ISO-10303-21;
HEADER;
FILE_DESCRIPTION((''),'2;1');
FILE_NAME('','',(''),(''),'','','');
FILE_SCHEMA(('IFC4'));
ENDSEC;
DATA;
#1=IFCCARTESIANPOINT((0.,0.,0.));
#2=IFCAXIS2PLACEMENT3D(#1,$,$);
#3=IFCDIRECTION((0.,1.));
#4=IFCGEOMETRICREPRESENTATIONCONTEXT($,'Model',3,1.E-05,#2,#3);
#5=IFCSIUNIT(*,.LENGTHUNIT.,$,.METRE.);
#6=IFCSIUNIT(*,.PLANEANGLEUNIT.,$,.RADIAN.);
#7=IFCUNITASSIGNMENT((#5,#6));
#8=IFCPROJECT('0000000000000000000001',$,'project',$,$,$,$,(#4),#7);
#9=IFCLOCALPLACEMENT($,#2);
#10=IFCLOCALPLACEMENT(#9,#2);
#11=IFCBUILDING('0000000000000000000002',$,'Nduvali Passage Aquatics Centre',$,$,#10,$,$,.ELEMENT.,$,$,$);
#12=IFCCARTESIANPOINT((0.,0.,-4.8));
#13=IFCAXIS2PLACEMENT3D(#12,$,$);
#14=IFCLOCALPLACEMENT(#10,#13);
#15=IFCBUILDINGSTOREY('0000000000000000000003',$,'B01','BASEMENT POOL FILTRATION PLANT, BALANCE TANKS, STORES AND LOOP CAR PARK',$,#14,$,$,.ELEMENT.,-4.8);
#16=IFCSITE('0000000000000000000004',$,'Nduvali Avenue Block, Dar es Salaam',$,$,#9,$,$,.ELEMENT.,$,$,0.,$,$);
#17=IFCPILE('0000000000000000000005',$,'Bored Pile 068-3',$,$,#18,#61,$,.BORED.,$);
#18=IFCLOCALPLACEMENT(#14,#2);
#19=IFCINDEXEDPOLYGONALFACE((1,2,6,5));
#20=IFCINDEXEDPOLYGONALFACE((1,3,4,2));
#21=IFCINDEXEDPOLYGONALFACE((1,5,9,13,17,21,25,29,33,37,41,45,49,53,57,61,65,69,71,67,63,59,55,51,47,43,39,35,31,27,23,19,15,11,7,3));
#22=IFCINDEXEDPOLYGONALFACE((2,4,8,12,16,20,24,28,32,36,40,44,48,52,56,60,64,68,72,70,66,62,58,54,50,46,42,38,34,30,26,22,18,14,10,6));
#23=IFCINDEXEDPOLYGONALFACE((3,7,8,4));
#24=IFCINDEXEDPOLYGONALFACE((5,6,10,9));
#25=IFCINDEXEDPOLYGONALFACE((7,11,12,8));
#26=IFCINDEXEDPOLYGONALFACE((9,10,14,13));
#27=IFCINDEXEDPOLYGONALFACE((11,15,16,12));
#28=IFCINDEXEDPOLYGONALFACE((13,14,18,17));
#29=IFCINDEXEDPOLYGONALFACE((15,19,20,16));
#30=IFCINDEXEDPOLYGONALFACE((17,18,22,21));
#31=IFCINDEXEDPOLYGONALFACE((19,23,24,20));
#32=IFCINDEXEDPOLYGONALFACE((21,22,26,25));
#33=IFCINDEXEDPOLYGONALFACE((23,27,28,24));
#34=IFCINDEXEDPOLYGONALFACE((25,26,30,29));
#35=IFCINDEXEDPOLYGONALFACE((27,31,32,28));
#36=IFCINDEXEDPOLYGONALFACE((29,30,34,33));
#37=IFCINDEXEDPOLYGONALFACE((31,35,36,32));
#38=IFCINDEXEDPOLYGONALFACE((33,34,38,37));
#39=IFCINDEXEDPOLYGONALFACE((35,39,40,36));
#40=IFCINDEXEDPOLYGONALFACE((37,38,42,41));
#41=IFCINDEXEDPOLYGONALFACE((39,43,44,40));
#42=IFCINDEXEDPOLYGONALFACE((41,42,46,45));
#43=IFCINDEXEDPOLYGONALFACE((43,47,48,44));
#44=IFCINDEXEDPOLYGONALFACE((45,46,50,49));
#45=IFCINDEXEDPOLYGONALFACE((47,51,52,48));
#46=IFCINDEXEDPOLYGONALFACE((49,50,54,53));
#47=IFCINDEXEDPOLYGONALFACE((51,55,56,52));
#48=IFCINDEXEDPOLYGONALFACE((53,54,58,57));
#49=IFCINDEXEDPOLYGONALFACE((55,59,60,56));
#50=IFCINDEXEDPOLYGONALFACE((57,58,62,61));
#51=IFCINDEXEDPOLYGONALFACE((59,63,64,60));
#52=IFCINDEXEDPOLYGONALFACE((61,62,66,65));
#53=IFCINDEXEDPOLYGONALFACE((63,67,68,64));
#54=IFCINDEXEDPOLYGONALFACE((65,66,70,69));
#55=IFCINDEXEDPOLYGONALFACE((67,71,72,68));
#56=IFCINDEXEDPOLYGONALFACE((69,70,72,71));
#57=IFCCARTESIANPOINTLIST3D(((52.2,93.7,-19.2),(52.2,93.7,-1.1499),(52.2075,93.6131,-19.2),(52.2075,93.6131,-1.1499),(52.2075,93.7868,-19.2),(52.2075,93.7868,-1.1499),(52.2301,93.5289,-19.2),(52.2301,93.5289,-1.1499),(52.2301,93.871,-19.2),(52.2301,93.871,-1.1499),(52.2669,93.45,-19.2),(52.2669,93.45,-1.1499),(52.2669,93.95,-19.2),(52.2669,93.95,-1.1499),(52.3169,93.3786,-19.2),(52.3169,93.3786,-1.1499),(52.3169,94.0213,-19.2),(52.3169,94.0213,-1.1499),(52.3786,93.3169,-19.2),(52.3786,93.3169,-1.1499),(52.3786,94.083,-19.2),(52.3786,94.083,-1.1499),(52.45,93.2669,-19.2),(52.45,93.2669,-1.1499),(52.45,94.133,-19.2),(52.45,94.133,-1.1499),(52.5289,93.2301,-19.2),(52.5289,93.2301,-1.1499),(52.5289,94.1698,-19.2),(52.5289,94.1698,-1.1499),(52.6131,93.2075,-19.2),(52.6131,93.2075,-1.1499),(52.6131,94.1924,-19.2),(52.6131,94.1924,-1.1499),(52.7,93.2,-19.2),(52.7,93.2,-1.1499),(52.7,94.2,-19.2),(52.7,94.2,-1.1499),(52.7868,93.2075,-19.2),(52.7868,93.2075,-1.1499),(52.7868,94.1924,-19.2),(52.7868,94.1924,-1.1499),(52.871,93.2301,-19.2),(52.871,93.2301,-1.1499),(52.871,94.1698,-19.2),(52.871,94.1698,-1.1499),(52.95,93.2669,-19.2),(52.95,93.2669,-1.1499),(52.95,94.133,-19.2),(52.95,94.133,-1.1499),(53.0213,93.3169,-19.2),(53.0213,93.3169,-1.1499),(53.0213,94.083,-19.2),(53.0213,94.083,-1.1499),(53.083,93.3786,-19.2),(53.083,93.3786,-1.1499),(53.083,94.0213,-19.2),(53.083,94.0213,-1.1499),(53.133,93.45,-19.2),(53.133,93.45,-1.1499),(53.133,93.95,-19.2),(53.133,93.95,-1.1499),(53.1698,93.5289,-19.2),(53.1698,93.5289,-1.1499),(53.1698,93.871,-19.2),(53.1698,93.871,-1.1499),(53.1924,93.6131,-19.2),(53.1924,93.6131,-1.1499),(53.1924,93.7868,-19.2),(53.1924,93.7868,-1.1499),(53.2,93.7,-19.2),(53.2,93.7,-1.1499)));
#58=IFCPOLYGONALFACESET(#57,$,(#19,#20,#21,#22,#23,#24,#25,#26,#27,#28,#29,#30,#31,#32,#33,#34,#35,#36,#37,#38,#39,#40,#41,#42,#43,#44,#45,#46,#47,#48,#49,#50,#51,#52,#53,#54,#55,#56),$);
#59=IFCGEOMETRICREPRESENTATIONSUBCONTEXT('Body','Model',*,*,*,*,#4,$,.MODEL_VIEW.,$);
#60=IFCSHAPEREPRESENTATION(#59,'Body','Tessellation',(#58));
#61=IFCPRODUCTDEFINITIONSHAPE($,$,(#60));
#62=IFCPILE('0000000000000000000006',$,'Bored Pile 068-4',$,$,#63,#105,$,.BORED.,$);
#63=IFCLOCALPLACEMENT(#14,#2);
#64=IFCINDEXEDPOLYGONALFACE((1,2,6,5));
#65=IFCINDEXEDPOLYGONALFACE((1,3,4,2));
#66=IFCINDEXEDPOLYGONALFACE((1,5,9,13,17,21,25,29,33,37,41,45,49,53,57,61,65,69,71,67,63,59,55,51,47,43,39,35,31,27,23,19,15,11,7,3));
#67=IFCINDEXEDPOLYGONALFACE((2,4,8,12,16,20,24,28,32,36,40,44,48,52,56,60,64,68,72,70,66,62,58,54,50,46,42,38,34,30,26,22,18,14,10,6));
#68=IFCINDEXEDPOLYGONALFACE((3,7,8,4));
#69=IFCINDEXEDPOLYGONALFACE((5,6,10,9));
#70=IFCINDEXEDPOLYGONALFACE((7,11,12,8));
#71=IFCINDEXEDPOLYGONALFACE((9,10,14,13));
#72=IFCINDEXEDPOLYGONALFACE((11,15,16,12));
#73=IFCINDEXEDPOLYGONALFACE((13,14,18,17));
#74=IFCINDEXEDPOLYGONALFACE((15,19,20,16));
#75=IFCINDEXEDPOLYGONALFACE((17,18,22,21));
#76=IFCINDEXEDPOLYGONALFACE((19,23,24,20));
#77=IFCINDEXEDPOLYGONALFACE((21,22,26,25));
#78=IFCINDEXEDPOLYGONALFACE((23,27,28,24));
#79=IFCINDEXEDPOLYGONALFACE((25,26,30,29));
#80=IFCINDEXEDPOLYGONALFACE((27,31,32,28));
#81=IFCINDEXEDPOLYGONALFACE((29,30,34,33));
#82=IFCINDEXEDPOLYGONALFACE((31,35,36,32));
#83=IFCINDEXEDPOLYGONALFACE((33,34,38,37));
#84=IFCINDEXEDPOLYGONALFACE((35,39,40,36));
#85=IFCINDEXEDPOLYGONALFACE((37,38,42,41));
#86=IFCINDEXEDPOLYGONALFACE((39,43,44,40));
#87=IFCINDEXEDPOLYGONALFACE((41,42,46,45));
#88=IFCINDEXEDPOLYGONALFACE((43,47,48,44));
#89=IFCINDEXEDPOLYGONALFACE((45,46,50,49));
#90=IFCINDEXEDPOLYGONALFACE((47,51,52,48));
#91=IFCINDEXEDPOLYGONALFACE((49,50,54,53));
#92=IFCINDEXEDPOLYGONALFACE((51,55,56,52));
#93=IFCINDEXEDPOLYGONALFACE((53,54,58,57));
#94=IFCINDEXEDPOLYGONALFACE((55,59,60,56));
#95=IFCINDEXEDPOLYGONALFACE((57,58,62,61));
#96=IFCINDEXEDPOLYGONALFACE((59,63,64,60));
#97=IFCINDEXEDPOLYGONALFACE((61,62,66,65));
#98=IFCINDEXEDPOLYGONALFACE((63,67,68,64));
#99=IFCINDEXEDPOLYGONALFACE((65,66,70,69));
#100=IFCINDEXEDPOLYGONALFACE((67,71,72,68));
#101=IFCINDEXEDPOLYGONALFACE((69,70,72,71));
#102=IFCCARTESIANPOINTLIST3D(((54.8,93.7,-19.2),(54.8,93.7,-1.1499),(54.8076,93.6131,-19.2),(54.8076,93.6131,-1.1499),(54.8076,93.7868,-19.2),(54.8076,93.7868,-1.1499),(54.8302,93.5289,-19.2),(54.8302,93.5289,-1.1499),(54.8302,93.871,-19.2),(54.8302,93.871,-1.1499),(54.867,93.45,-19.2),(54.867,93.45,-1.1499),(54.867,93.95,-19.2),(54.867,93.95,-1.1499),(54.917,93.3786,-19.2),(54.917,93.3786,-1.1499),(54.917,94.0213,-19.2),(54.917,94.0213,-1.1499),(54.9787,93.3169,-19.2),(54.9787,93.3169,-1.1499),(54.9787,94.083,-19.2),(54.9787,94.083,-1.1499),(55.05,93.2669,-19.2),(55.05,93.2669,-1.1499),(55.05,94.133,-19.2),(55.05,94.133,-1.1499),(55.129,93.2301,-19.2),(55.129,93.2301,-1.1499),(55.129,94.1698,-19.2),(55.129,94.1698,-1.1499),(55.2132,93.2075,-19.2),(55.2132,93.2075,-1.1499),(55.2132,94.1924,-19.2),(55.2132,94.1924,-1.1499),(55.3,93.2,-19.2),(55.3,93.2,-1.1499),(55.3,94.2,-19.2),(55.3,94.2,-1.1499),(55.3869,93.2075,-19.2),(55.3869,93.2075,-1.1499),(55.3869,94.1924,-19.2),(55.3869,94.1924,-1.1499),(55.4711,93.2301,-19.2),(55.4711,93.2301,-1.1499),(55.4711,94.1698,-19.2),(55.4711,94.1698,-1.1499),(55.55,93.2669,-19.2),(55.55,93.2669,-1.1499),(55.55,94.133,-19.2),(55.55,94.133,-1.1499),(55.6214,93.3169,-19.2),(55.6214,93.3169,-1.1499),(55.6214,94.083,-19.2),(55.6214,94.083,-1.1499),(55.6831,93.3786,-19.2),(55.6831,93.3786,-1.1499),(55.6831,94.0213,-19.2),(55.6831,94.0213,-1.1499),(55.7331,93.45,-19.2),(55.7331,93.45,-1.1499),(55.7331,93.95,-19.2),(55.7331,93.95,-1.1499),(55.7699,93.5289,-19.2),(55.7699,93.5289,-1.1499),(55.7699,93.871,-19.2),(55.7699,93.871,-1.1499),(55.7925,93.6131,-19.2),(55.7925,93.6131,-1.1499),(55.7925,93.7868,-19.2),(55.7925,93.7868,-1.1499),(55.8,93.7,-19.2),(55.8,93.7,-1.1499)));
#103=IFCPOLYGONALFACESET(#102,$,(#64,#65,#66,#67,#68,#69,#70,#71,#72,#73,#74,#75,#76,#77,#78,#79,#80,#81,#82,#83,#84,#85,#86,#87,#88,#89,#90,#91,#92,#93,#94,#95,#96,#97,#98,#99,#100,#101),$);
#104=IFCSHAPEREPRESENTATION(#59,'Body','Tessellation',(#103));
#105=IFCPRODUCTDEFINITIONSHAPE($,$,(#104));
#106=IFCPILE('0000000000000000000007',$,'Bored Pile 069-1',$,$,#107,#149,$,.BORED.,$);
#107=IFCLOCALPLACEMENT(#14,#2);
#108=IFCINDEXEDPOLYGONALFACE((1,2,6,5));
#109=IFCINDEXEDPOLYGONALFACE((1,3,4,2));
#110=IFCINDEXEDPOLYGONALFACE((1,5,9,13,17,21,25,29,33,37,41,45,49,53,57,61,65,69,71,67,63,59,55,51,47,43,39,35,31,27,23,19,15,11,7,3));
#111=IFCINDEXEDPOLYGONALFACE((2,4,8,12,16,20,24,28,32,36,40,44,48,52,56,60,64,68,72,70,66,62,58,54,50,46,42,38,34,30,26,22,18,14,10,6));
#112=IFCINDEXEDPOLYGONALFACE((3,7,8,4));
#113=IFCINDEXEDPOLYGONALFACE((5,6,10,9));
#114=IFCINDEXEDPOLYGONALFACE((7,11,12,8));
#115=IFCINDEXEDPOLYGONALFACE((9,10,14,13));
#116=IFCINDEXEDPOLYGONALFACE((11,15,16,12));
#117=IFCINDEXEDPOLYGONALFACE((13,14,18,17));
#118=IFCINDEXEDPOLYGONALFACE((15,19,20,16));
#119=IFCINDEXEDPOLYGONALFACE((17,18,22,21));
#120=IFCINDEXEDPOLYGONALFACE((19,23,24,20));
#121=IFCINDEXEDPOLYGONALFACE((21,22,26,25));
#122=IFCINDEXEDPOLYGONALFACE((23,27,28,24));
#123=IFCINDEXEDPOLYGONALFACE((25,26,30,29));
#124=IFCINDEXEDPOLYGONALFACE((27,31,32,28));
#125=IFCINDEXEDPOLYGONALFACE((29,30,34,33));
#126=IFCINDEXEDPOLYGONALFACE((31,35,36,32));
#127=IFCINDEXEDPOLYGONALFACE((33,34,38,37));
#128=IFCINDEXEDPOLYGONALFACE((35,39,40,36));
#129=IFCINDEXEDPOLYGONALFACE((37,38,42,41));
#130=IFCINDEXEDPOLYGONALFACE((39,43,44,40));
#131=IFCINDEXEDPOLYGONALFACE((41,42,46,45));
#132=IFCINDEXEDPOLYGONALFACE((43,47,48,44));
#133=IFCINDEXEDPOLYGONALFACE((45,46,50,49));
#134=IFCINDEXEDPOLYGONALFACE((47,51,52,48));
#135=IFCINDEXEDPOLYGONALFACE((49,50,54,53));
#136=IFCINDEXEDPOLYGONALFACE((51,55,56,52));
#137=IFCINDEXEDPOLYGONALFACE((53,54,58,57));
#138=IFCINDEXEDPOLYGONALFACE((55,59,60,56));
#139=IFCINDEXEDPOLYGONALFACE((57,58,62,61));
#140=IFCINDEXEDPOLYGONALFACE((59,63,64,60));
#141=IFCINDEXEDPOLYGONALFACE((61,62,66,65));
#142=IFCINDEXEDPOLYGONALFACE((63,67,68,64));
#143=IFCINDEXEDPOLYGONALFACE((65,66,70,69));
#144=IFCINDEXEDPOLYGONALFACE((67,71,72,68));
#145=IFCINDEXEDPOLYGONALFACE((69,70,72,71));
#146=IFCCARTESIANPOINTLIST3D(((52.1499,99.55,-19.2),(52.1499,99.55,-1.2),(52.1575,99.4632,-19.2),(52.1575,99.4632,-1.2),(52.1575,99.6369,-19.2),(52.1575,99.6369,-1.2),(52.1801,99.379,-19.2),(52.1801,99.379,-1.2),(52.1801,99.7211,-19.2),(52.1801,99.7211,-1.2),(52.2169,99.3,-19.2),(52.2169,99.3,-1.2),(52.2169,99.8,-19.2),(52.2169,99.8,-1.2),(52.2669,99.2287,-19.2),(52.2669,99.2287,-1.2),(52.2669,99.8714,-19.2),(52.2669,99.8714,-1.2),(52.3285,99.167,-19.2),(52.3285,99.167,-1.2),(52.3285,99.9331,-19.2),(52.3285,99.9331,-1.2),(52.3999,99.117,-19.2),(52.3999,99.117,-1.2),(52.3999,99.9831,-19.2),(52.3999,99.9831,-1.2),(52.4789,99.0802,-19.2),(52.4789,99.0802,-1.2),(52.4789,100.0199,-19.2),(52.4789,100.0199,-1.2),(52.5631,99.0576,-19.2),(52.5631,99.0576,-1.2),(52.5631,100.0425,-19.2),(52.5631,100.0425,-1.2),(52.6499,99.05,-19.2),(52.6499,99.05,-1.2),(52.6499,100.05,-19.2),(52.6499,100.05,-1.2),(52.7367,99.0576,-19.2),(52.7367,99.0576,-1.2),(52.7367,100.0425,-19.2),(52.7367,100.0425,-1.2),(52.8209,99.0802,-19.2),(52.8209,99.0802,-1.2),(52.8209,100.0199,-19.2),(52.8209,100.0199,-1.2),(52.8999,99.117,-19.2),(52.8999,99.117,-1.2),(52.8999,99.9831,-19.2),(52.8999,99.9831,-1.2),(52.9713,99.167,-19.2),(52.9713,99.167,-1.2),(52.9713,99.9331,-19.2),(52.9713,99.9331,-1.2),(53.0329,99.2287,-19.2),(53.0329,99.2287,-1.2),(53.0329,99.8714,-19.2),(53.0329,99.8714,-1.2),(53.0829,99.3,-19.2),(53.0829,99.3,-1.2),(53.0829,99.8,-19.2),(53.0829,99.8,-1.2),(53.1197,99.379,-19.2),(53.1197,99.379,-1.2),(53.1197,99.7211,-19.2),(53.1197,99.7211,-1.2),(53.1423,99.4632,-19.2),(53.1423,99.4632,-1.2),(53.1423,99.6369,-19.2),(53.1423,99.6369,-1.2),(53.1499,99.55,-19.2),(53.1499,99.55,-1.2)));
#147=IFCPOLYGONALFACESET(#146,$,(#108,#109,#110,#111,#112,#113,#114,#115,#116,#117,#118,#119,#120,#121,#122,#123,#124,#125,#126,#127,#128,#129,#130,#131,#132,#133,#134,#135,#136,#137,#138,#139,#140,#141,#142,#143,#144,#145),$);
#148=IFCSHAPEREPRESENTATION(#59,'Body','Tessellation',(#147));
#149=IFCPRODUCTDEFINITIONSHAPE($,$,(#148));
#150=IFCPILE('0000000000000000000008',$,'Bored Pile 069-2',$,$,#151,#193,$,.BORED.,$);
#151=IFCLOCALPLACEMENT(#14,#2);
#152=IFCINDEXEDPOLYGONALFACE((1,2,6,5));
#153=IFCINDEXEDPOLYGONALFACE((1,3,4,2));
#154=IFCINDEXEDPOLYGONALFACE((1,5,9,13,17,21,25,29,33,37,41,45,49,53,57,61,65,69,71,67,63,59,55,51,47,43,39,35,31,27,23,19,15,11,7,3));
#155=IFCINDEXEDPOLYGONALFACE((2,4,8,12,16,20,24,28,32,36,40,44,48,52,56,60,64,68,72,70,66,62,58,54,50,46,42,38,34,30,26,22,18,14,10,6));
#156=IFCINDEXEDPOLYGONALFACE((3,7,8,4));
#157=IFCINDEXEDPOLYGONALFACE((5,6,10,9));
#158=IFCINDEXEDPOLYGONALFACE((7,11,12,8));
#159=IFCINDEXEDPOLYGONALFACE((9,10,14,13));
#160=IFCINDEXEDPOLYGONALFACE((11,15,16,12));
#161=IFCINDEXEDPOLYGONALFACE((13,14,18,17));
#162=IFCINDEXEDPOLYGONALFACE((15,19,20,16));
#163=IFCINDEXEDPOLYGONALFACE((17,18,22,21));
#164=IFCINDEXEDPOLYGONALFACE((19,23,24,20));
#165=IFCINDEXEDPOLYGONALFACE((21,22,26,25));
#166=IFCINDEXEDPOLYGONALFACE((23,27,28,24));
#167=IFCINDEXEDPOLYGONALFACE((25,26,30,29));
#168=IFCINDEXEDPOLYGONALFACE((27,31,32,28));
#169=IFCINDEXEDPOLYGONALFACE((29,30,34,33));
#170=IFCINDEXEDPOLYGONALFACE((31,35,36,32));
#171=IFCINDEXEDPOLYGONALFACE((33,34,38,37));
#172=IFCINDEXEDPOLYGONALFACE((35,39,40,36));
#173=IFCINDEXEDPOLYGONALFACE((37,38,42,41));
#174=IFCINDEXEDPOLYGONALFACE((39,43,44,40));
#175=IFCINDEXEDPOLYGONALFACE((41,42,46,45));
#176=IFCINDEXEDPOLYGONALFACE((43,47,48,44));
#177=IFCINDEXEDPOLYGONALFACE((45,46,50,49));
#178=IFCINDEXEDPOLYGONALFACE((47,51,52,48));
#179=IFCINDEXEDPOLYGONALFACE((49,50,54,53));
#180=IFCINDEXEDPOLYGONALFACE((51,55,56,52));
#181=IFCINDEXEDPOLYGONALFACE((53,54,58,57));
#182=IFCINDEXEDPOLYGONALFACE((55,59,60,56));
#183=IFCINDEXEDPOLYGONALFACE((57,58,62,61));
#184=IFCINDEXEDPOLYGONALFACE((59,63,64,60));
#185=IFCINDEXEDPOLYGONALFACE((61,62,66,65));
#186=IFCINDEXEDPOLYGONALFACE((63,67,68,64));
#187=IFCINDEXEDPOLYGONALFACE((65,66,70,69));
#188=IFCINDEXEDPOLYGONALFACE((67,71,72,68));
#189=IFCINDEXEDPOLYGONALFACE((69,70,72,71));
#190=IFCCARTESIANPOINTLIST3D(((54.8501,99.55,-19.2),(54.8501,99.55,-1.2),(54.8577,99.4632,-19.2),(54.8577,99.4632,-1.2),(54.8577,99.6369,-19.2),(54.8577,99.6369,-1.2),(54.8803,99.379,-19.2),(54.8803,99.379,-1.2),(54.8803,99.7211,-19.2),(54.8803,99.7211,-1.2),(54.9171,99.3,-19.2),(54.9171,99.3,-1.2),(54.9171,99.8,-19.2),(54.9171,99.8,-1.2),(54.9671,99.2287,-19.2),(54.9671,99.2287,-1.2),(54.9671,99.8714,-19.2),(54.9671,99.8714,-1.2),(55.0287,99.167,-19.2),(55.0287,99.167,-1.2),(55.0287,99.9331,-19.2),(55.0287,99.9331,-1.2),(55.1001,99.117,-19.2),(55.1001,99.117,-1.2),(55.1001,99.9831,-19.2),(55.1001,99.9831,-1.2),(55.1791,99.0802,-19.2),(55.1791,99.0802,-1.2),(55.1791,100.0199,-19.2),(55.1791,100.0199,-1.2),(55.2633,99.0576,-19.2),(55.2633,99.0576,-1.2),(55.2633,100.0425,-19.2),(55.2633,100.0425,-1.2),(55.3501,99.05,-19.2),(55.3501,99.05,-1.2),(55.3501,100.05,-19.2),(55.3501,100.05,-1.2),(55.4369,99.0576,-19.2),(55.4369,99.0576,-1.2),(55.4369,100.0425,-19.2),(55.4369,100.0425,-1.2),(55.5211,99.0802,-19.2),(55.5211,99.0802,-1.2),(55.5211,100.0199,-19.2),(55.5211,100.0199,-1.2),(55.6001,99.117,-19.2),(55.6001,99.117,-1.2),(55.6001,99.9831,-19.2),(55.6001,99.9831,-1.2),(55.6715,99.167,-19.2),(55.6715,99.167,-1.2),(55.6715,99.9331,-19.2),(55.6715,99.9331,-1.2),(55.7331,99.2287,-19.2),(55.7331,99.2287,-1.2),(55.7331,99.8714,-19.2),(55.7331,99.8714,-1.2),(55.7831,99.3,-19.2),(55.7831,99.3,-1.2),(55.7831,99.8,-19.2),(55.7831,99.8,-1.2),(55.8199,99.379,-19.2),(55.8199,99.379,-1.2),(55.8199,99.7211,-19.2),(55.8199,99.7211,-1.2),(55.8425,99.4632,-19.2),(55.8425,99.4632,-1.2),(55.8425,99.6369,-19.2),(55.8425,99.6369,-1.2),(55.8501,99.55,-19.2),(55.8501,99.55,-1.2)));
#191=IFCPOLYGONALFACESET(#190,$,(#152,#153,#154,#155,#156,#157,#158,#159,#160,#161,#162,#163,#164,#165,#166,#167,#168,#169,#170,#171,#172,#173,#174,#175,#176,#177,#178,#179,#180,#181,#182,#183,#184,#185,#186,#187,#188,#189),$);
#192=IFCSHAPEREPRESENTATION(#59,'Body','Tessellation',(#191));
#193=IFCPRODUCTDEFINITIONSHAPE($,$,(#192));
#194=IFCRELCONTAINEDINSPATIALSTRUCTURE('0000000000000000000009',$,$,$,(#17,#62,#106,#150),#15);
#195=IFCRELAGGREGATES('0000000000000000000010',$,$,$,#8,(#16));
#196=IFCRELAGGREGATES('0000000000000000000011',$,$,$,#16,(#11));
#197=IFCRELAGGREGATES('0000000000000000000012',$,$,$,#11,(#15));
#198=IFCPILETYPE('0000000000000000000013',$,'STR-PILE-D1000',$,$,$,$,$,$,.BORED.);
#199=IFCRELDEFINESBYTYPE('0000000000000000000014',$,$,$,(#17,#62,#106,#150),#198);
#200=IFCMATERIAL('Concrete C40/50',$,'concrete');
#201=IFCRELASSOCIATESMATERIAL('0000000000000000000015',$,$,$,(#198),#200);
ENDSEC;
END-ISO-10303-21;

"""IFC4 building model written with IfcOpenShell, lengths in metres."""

from ifc_helpers import new_model, si_unit, direction, frame, origin, origin_2d, place, context, subcontext, project, spatial, circle, extrude, material, material_profile, profile_set, type_object, element, save


model = new_model("IFC4")

# Units and contexts
model_context = context("Model", 3, precision=1e-05, world=origin(), true_north=direction((0.0, 1.0)))
body_context = subcontext(model_context, "Body", "Model", "MODEL_VIEW")
ifc_project = project(units=[si_unit("LENGTHUNIT", "METRE"), si_unit("PLANEANGLEUNIT", "RADIAN")], contexts=[model_context])

# Site, building, storey
site_placement = place(None, origin())
site = spatial("IfcSite", under=ifc_project, at=site_placement, Name="Nduvali Avenue Block, Dar es Salaam", CompositionType="ELEMENT", RefElevation=0.0)
building_placement = place(site_placement, origin())
building = spatial("IfcBuilding", under=site, at=building_placement, Name="Nduvali Passage Aquatics Centre", CompositionType="ELEMENT")
storey_placement = place(building_placement, frame((0.0, 0.0, -4.8)))
storey = spatial("IfcBuildingStorey", under=building, at=storey_placement, Name="B01", Description="BASEMENT POOL FILTRATION PLANT, BALANCE TANKS, STORES AND LOOP CAR PARK", CompositionType="ELEMENT", Elevation=-4.8)

# Shared definitions
ifc_material = material(Name="Concrete C40/50", Category="concrete")

# Piles
ifc_material_profile_1 = material_profile(ifc_material, circle(Radius=0.5, at=origin_2d()), Name="PILE D1000")
ifc_profile_set_1 = profile_set([ifc_material_profile_1], Name="Concrete C40/50")
pile_type = type_object("IfcPileType", Name="STR-PILE-D1000", PredefinedType="BORED", material=ifc_profile_set_1)
for number, where, z_axis, x_axis, name in (
    (1, (52.7, 93.7, -1.1499), (0.0, 0.0, -1.0), (1.0, 0.0, 0.0), "Bored Pile 068-3"),
    (2, (55.3, 93.7, -1.1499), (0.0, 0.0, -1.0), (1.0, 0.0, 0.0), "Bored Pile 068-4"),
):
    element("IfcPile", number, at=place(storey_placement, frame(where, z_axis=z_axis, x_axis=x_axis)), inside=storey, type_object=pile_type, Name=name, PredefinedType="BORED", context=body_context, shape_type="SweptSolid", body=[
        extrude(circle(Radius=0.5, at=origin_2d()), origin(), (0.0, 0.0, 1.0), 18.05),
    ])
for number, where, z_axis, x_axis, name in (
    (3, (52.6499, 99.55, -1.2), (0.0, 0.0, -1.0), (1.0, 0.0, 0.0), "Bored Pile 069-1"),
    (4, (55.3501, 99.55, -1.2), (0.0, 0.0, -1.0), (1.0, 0.0, 0.0), "Bored Pile 069-2"),
):
    element("IfcPile", number, at=place(storey_placement, frame(where, z_axis=z_axis, x_axis=x_axis)), inside=storey, type_object=pile_type, Name=name, PredefinedType="BORED", context=body_context, shape_type="SweptSolid", body=[
        extrude(circle(Radius=0.5, at=origin_2d()), origin(), (0.0, 0.0, 1.0), 18.0),
    ])

save(model, "model.ifc")
